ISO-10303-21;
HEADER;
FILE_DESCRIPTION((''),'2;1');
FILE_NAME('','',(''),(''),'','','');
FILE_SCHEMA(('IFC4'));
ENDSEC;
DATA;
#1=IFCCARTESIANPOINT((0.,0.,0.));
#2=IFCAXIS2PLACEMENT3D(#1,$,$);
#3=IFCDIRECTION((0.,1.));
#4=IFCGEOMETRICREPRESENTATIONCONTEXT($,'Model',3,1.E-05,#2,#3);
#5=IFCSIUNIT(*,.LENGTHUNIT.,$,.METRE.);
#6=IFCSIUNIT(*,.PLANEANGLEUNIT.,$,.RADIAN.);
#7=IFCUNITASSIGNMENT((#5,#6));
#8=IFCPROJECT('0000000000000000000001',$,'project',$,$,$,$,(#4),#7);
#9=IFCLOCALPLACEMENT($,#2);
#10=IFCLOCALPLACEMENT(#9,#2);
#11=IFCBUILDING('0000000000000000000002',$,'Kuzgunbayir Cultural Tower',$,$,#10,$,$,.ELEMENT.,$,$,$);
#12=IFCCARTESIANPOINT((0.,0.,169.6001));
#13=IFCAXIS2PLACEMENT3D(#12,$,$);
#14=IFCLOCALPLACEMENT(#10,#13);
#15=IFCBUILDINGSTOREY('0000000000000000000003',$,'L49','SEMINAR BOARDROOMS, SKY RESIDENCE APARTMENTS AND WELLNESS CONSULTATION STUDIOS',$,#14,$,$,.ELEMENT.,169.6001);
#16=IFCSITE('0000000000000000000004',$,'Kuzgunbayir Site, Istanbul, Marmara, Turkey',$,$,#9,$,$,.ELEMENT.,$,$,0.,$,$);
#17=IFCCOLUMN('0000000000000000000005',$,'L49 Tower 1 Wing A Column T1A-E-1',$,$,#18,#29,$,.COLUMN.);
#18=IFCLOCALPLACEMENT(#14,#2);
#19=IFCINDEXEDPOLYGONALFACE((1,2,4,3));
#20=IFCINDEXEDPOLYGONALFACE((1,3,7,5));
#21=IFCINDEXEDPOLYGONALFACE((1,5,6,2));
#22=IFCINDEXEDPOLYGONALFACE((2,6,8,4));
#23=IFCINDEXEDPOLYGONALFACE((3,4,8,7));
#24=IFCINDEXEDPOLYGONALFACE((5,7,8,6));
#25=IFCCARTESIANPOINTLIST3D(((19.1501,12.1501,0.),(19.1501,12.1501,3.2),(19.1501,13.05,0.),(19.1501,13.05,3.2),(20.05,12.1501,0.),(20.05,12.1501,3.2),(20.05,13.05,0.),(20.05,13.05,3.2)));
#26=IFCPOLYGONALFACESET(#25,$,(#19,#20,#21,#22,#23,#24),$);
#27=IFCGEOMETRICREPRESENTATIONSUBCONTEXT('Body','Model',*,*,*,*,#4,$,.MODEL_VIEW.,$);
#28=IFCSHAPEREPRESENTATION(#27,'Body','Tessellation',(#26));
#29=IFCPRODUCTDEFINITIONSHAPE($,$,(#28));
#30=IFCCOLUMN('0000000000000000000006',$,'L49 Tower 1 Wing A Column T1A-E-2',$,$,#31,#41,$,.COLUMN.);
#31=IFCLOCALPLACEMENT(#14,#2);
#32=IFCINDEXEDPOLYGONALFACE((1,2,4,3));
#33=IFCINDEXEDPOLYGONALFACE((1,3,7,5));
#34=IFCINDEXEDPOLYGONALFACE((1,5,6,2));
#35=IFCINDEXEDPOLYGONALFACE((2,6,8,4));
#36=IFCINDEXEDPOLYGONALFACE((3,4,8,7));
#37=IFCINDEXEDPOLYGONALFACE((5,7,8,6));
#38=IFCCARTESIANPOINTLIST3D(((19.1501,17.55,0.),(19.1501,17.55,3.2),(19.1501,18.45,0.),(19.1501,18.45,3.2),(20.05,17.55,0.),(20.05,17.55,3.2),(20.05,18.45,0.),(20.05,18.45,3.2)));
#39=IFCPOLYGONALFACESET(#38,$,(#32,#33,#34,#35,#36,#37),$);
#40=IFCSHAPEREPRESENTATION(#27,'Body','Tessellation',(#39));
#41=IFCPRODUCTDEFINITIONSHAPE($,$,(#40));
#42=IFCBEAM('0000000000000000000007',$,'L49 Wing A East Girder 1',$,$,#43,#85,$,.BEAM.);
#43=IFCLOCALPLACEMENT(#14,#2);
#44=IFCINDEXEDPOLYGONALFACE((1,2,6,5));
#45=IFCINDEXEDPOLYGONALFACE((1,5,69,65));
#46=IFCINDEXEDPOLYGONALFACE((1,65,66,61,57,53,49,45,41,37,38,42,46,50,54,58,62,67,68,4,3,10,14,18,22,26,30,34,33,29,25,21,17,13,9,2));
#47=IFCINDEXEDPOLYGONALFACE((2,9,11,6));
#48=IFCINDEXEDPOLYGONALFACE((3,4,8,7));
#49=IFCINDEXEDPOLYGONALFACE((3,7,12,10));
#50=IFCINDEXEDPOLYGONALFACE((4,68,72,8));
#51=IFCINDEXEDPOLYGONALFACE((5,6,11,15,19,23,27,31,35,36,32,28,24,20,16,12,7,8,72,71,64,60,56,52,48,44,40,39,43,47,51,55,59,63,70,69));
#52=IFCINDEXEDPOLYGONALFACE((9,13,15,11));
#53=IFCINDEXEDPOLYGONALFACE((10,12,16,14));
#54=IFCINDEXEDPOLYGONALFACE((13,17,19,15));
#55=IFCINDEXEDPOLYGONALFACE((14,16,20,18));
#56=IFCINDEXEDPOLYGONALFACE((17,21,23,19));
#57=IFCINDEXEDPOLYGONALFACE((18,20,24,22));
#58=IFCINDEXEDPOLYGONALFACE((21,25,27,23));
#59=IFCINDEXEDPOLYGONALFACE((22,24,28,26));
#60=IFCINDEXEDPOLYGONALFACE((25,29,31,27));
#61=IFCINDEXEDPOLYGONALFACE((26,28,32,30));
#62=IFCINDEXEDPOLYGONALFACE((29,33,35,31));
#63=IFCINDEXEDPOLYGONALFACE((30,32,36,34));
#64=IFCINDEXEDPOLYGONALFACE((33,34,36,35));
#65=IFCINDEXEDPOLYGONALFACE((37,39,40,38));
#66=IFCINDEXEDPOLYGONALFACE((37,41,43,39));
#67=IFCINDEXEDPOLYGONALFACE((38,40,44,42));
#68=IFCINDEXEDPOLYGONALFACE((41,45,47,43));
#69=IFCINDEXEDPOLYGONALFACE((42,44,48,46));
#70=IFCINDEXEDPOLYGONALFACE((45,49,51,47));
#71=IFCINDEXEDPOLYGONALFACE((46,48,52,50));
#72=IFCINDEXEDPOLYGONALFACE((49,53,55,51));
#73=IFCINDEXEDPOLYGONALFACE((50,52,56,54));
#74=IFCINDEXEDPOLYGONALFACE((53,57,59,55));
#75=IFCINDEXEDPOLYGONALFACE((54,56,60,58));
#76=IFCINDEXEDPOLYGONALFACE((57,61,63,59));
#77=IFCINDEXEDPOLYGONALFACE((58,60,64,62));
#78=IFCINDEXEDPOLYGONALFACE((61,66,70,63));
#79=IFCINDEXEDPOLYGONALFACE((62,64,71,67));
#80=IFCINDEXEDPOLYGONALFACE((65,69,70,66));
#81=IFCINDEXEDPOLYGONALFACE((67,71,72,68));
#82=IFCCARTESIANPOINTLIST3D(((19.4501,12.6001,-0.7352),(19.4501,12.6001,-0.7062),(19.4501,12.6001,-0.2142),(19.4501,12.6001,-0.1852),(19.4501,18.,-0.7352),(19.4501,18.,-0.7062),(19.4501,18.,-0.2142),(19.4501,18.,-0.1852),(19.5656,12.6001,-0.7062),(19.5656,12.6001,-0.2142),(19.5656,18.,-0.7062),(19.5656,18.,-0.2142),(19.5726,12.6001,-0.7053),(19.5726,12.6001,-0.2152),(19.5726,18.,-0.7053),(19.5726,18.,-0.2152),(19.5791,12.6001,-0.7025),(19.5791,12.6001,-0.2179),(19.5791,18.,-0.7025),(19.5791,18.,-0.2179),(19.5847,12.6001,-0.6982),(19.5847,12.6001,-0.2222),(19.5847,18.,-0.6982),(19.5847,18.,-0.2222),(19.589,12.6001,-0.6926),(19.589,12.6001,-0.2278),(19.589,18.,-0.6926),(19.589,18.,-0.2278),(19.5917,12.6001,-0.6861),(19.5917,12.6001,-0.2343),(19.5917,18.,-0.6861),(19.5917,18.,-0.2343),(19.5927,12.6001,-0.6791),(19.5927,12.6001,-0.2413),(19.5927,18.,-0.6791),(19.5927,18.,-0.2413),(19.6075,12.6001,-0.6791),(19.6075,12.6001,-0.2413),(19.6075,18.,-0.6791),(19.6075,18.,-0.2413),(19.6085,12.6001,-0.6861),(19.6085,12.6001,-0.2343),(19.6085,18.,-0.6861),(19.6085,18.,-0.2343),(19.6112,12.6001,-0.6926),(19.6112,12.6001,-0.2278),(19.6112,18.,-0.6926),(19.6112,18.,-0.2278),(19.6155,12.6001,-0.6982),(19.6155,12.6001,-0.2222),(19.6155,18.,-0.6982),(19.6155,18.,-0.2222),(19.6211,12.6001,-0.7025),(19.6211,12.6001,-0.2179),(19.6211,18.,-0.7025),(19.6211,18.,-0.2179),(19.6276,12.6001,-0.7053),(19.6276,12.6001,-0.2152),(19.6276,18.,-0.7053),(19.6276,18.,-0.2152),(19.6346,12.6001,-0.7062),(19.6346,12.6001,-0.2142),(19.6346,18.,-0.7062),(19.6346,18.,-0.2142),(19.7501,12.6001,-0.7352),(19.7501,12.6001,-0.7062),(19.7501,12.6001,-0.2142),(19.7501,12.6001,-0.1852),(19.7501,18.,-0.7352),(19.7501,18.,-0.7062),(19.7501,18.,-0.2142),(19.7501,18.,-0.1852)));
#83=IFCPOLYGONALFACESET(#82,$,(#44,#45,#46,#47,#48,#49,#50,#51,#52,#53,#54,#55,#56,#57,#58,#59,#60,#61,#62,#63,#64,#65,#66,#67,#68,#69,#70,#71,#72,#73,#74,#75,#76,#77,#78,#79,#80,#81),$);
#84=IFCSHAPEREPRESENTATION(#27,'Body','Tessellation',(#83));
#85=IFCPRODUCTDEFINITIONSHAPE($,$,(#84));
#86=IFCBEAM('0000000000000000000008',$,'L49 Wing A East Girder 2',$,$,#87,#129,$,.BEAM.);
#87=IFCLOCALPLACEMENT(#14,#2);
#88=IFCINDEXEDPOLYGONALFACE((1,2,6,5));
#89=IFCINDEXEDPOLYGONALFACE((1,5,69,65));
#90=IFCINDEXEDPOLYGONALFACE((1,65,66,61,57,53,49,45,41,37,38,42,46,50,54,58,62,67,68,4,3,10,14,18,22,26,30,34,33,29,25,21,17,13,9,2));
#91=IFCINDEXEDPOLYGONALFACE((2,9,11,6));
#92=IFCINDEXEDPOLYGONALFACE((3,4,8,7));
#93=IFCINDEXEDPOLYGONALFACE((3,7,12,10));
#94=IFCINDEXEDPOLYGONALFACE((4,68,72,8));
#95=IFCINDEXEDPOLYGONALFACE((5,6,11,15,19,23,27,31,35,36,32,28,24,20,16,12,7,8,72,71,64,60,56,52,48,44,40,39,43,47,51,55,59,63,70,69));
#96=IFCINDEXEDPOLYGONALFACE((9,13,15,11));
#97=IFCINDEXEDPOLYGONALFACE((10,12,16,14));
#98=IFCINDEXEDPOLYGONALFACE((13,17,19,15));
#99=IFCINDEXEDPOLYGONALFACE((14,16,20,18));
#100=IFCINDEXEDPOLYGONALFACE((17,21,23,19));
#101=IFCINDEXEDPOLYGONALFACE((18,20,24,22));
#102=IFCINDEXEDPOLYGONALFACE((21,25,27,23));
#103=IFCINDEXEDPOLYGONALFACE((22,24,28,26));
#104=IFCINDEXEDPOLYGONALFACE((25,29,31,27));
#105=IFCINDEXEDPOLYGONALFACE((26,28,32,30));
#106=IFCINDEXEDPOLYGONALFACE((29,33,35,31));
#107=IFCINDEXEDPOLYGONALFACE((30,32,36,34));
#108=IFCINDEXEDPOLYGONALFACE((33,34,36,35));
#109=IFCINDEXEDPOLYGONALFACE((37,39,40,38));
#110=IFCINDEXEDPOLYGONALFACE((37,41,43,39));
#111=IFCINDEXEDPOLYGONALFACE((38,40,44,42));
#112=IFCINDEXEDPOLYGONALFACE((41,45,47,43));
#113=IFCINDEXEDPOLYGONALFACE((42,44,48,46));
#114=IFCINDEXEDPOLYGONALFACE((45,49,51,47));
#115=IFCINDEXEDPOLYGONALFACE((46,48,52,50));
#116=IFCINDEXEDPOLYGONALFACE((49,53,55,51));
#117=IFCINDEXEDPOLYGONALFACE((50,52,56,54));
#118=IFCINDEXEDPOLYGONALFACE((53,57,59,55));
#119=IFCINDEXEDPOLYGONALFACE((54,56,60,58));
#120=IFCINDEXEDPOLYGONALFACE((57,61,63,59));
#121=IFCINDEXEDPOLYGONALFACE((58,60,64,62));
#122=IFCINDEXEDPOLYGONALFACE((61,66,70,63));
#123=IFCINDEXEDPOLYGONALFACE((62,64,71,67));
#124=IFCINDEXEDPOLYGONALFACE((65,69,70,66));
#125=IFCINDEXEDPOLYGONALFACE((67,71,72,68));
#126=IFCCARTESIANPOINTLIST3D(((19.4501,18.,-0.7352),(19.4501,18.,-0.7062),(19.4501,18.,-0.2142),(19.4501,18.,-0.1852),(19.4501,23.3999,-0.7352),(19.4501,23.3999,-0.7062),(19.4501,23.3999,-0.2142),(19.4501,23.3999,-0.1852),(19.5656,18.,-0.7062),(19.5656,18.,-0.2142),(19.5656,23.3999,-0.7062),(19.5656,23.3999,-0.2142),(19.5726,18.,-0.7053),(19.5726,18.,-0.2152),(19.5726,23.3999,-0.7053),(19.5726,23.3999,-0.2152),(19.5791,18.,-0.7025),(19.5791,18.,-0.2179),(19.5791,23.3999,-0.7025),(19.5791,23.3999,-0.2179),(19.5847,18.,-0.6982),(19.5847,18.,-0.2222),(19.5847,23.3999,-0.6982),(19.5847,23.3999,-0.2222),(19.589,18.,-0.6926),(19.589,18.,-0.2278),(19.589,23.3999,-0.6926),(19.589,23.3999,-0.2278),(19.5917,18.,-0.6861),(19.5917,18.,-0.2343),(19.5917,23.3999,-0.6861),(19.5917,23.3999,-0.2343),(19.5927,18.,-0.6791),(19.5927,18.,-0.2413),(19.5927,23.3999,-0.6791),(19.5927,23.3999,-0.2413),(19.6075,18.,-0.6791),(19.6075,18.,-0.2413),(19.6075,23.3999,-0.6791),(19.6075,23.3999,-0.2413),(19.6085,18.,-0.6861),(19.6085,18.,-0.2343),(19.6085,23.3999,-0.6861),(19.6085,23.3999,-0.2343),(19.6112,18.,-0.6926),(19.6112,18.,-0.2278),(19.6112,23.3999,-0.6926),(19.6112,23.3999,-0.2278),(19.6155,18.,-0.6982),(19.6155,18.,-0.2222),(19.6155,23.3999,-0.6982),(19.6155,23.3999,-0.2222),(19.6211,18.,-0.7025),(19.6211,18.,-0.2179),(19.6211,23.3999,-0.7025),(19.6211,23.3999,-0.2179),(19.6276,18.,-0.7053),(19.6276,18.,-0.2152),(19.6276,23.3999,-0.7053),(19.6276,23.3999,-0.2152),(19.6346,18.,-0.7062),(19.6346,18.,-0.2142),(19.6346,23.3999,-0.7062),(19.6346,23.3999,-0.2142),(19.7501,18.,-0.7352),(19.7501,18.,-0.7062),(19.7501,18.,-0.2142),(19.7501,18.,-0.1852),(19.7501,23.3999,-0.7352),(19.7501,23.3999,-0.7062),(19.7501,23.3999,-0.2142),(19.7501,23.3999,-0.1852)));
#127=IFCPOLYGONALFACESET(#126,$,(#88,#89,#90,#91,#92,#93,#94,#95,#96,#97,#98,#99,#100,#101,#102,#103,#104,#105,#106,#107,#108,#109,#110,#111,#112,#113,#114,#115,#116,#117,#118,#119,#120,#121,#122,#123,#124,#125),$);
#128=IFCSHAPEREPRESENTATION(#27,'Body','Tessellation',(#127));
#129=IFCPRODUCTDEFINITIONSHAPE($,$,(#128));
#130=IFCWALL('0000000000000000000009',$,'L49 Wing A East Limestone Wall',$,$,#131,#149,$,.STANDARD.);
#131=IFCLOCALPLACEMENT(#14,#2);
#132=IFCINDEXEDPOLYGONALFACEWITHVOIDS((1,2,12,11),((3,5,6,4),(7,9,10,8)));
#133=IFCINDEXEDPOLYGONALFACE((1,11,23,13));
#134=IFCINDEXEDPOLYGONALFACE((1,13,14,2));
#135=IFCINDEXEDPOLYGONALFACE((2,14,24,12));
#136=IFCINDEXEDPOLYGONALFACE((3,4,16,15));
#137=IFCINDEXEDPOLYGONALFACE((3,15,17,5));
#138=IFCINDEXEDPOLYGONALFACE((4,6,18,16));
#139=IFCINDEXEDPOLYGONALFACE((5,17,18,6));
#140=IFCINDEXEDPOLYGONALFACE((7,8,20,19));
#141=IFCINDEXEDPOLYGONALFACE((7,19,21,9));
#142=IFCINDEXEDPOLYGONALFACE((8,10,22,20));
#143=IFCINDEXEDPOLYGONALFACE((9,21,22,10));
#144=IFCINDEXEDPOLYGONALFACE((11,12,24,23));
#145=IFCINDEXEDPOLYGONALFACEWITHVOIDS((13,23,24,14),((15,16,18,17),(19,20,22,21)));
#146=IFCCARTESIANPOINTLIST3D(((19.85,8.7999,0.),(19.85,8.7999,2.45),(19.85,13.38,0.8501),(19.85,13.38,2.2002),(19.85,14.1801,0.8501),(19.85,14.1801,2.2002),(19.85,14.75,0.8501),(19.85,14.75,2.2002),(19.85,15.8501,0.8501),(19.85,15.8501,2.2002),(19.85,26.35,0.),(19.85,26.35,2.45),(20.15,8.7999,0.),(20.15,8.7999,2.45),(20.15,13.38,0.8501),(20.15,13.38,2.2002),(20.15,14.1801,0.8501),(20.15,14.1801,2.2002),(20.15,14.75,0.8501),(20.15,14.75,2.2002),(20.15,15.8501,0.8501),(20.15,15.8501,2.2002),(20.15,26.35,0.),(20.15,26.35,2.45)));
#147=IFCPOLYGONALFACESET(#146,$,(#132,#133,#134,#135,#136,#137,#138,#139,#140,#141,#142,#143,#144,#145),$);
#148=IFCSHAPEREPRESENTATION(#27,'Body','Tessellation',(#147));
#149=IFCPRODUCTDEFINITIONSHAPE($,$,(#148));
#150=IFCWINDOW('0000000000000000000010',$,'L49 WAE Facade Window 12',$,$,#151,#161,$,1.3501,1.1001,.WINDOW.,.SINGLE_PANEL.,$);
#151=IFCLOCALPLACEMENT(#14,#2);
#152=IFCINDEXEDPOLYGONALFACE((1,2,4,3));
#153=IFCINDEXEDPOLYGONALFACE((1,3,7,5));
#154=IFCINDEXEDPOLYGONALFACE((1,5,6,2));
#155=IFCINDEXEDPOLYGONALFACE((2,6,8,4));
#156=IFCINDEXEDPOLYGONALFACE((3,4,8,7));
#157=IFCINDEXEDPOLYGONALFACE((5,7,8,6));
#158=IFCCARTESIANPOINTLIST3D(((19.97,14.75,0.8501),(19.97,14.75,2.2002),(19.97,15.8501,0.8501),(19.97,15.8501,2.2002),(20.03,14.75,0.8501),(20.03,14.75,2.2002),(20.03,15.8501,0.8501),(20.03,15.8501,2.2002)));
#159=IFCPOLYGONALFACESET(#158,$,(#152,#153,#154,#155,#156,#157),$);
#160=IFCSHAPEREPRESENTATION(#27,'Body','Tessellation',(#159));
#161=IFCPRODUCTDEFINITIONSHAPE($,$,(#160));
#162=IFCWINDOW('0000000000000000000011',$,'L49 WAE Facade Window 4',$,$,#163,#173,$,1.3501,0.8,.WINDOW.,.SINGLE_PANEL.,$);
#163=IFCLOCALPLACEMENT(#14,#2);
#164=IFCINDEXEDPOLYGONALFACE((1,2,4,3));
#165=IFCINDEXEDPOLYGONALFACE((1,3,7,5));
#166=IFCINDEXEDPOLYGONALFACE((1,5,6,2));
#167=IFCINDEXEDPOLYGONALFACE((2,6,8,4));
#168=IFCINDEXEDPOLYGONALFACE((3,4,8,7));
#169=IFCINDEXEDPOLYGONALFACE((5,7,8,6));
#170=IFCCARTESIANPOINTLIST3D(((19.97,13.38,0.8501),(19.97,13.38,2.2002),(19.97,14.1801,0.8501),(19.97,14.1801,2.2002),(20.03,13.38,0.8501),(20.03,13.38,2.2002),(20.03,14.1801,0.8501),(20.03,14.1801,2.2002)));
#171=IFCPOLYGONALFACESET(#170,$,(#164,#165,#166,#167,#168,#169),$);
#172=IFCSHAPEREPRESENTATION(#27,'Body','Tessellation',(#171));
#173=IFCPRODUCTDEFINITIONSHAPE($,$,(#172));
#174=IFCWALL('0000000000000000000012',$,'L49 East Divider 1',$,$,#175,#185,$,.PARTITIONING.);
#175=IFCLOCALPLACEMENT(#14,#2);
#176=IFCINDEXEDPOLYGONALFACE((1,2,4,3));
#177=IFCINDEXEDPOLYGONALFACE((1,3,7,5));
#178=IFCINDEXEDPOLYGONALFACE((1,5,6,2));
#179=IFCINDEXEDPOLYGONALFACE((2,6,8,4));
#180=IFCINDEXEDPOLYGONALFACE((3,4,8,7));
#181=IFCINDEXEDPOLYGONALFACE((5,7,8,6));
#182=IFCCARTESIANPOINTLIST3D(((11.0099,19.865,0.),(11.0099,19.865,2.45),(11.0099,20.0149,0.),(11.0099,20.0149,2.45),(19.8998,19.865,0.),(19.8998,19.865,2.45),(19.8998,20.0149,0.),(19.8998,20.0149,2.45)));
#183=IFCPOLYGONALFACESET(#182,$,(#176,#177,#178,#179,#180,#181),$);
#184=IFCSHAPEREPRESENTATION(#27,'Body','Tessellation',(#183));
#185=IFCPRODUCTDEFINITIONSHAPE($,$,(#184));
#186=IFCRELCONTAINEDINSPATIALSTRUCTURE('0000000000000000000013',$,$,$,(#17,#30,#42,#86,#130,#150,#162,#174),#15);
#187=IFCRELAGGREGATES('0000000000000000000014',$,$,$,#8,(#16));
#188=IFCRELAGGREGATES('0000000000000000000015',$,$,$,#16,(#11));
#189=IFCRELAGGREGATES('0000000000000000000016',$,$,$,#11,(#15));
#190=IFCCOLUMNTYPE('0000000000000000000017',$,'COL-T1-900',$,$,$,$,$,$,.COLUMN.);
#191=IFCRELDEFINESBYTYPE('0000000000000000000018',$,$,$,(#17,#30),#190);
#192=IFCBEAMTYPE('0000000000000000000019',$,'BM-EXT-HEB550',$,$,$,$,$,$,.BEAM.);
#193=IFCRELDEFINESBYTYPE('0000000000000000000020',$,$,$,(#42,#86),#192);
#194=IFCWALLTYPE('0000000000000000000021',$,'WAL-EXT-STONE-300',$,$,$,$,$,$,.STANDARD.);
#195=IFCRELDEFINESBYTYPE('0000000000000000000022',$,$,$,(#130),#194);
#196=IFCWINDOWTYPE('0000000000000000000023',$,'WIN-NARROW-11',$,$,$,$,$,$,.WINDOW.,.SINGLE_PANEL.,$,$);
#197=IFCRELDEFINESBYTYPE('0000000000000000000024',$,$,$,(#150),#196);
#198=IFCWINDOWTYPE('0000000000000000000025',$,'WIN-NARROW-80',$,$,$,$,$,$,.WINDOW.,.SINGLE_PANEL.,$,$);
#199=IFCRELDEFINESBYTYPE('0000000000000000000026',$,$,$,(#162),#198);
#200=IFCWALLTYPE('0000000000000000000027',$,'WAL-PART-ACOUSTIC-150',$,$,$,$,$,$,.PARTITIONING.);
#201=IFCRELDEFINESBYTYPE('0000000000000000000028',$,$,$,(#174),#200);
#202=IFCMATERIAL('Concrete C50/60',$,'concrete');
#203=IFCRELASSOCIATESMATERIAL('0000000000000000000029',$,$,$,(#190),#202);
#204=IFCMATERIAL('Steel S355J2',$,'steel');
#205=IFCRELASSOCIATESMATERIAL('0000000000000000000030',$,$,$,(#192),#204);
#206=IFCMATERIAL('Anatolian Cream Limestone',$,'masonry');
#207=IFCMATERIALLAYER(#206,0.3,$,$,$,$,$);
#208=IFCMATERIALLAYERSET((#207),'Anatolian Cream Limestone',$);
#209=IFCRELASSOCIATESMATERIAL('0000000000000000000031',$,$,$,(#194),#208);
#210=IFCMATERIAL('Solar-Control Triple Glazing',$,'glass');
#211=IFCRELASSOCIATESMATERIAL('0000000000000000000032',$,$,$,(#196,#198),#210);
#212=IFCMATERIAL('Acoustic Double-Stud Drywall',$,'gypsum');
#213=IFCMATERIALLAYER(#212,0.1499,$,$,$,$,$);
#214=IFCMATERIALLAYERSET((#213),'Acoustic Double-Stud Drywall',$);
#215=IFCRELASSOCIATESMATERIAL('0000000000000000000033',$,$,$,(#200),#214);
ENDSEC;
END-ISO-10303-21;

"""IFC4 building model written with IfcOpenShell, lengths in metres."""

from ifc_helpers import new_model, si_unit, direction, frame, frame_2d, origin, origin_2d, place, context, subcontext, project, spatial, rectangle, i_section, extrude, material, layer, layer_set, material_profile, profile_set, type_object, element, fill, save


model = new_model("IFC4")

# Units and contexts
model_context = context("Model", 3, precision=1e-05, world=origin(), true_north=direction((0.0, 1.0)))
body_context = subcontext(model_context, "Body", "Model", "MODEL_VIEW")
ifc_project = project(units=[si_unit("LENGTHUNIT", "METRE"), si_unit("PLANEANGLEUNIT", "RADIAN")], contexts=[model_context])

# Site, building, storey
site_placement = place(None, origin())
site = spatial("IfcSite", under=ifc_project, at=site_placement, Name="Kuzgunbayir Site, Istanbul, Marmara, Turkey", CompositionType="ELEMENT", RefElevation=0.0)
building_placement = place(site_placement, origin())
building = spatial("IfcBuilding", under=site, at=building_placement, Name="Kuzgunbayir Cultural Tower", CompositionType="ELEMENT")
storey_placement = place(building_placement, frame((0.0, 0.0, 169.6001)))
storey = spatial("IfcBuildingStorey", under=building, at=storey_placement, Name="L49", Description="SEMINAR BOARDROOMS, SKY RESIDENCE APARTMENTS AND WELLNESS CONSULTATION STUDIOS", CompositionType="ELEMENT", Elevation=169.6001)

# Columns
ifc_material_1 = material(Name="Concrete C50/60", Category="concrete")
ifc_material_profile_1 = material_profile(ifc_material_1, rectangle(XDim=0.8999, YDim=0.8999, at=origin_2d()), Name="RC 900x900")
ifc_profile_set_1 = profile_set([ifc_material_profile_1], Name="Concrete C50/60")
column_type = type_object("IfcColumnType", Name="COL-T1-900", PredefinedType="COLUMN", material=ifc_profile_set_1)
for number, where, z_axis, x_axis, name in (
    (1, (19.6001, 12.6001, 0.0), (0.0, 0.0, 1.0), (1.0, 0.0, 0.0), "L49 Tower 1 Wing A Column T1A-E-1"),
    (2, (19.6001, 18.0, 0.0), (0.0, 0.0, 1.0), (1.0, 0.0, 0.0), "L49 Tower 1 Wing A Column T1A-E-2"),
):
    element("IfcColumn", number, at=place(storey_placement, frame(where, z_axis=z_axis, x_axis=x_axis)), inside=storey, type_object=column_type, Name=name, PredefinedType="COLUMN", context=body_context, shape_type="SweptSolid", body=[
        extrude(rectangle(XDim=0.8999, YDim=0.8999, at=origin_2d()), origin(), (0.0, 0.0, 1.0), 3.2),
    ])

# Beams
ifc_material_2 = material(Name="Steel S355J2", Category="steel")
ifc_material_profile_2 = material_profile(ifc_material_2, i_section(OverallWidth=0.3, OverallDepth=0.55, WebThickness=0.0149, FlangeThickness=0.0291, FilletRadius=0.0271, at=origin_2d()), Name="HEB 550")
ifc_profile_set_2 = profile_set([ifc_material_profile_2], Name="Steel S355J2")
beam_type = type_object("IfcBeamType", Name="BM-EXT-HEB550", PredefinedType="BEAM", material=ifc_profile_set_2)
for number, where, z_axis, x_axis, name in (
    (3, (19.6001, 12.6001, -0.4602), (0.0, 1.0, 0.0), (-1.0, 0.0, 0.0), "L49 Wing A East Girder 1"),
    (4, (19.6001, 18.0, -0.4602), (0.0, 1.0, 0.0), (-1.0, 0.0, 0.0), "L49 Wing A East Girder 2"),
):
    element("IfcBeam", number, at=place(storey_placement, frame(where, z_axis=z_axis, x_axis=x_axis)), inside=storey, type_object=beam_type, Name=name, PredefinedType="BEAM", context=body_context, shape_type="SweptSolid", body=[
        extrude(i_section(OverallWidth=0.3, OverallDepth=0.55, WebThickness=0.0149, FlangeThickness=0.0291, FilletRadius=0.0271, at=origin_2d()), origin(), (0.0, 0.0, 1.0), 5.3999),
    ])

# Wall, openings, windows
ifc_material_3 = material(Name="Anatolian Cream Limestone", Category="masonry")
ifc_layer_1 = layer(ifc_material_3, 0.3)
ifc_layer_set_1 = layer_set([ifc_layer_1], Name="Anatolian Cream Limestone")
wall_type_1 = type_object("IfcWallType", Name="WAL-EXT-STONE-300", PredefinedType="STANDARD", material=ifc_layer_set_1)
wall_1_placement = place(storey_placement, frame((20.0, 8.8, 0.0), z_axis=(0.0, 0.0, 1.0), x_axis=(0.0, 1.0, 0.0)))
wall_1 = element("IfcWall", 5, at=wall_1_placement, inside=storey, type_object=wall_type_1, Name="L49 Wing A East Limestone Wall", PredefinedType="STANDARD", context=body_context, shape_type="SweptSolid", body=[
    extrude(rectangle(XDim=17.55, YDim=0.3, at=frame_2d((8.7749, 0.0))), origin(), (0.0, 0.0, 1.0), 2.45),
])
opening_1_placement = place(wall_1_placement, frame((4.5801, 0.0, 0.8501)))
opening_1 = element("IfcOpeningElement", 6, at=opening_1_placement, cuts=wall_1, PredefinedType="OPENING", context=body_context, shape_type="SweptSolid", body=[
    extrude(rectangle(XDim=0.8, YDim=1.3501, at=frame_2d((0.3999, 0.675))), frame((0.0, 0.1602, 0.0), z_axis=(0.0, -1.0, 0.0), x_axis=(1.0, 0.0, 0.0)), (0.0, 0.0, 1.0), 0.3201),
])
opening_2_placement = place(wall_1_placement, frame((5.95, 0.0, 0.8501)))
opening_2 = element("IfcOpeningElement", 7, at=opening_2_placement, cuts=wall_1, PredefinedType="OPENING", context=body_context, shape_type="SweptSolid", body=[
    extrude(rectangle(XDim=1.1001, YDim=1.3501, at=frame_2d((0.55, 0.675))), frame((0.0, 0.1602, 0.0), z_axis=(0.0, -1.0, 0.0), x_axis=(1.0, 0.0, 0.0)), (0.0, 0.0, 1.0), 0.3201),
])
ifc_material_4 = material(Name="Solar-Control Triple Glazing", Category="glass")
window_type_1 = type_object("IfcWindowType", Name="WIN-NARROW-11", PartitioningType="SINGLE_PANEL", PredefinedType="WINDOW", material=ifc_material_4)
window_1_placement = place(opening_2_placement, origin())
window_1 = element("IfcWindow", 8, at=window_1_placement, inside=storey, type_object=window_type_1, Name="L49 WAE Facade Window 12", OverallHeight=1.3501, OverallWidth=1.1001, PartitioningType="SINGLE_PANEL", PredefinedType="WINDOW", context=body_context, shape_type="SweptSolid", body=[
    extrude(rectangle(XDim=1.1001, YDim=1.3501, at=frame_2d((0.55, 0.675))), frame((0.0, 0.03, 0.0), z_axis=(0.0, -1.0, 0.0), x_axis=(1.0, 0.0, 0.0)), (0.0, 0.0, 1.0), 0.0601),
])
fill(opening_2, window_1)
window_type_2 = type_object("IfcWindowType", Name="WIN-NARROW-80", PartitioningType="SINGLE_PANEL", PredefinedType="WINDOW", material=ifc_material_4)
window_2_placement = place(opening_1_placement, origin())
window_2 = element("IfcWindow", 9, at=window_2_placement, inside=storey, type_object=window_type_2, Name="L49 WAE Facade Window 4", OverallHeight=1.3501, OverallWidth=0.8, PartitioningType="SINGLE_PANEL", PredefinedType="WINDOW", context=body_context, shape_type="SweptSolid", body=[
    extrude(rectangle(XDim=0.8, YDim=1.3501, at=frame_2d((0.3999, 0.675))), frame((0.0, 0.03, 0.0), z_axis=(0.0, -1.0, 0.0), x_axis=(1.0, 0.0, 0.0)), (0.0, 0.0, 1.0), 0.0601),
])
fill(opening_1, window_2)

# Wall
ifc_material_5 = material(Name="Acoustic Double-Stud Drywall", Category="gypsum")
ifc_layer_2 = layer(ifc_material_5, 0.1499)
ifc_layer_set_2 = layer_set([ifc_layer_2], Name="Acoustic Double-Stud Drywall")
wall_type_2 = type_object("IfcWallType", Name="WAL-PART-ACOUSTIC-150", PredefinedType="PARTITIONING", material=ifc_layer_set_2)
wall_2_placement = place(storey_placement, frame((11.01, 19.9399, 0.0), z_axis=(0.0, 0.0, 1.0), x_axis=(1.0, 0.0, 0.0)))
element("IfcWall", 10, at=wall_2_placement, inside=storey, type_object=wall_type_2, Name="L49 East Divider 1", PredefinedType="PARTITIONING", context=body_context, shape_type="SweptSolid", body=[
    extrude(rectangle(XDim=8.8899, YDim=0.1499, at=frame_2d((4.4448, 0.0))), origin(), (0.0, 0.0, 1.0), 2.45),
])

save(model, "model.ifc")
